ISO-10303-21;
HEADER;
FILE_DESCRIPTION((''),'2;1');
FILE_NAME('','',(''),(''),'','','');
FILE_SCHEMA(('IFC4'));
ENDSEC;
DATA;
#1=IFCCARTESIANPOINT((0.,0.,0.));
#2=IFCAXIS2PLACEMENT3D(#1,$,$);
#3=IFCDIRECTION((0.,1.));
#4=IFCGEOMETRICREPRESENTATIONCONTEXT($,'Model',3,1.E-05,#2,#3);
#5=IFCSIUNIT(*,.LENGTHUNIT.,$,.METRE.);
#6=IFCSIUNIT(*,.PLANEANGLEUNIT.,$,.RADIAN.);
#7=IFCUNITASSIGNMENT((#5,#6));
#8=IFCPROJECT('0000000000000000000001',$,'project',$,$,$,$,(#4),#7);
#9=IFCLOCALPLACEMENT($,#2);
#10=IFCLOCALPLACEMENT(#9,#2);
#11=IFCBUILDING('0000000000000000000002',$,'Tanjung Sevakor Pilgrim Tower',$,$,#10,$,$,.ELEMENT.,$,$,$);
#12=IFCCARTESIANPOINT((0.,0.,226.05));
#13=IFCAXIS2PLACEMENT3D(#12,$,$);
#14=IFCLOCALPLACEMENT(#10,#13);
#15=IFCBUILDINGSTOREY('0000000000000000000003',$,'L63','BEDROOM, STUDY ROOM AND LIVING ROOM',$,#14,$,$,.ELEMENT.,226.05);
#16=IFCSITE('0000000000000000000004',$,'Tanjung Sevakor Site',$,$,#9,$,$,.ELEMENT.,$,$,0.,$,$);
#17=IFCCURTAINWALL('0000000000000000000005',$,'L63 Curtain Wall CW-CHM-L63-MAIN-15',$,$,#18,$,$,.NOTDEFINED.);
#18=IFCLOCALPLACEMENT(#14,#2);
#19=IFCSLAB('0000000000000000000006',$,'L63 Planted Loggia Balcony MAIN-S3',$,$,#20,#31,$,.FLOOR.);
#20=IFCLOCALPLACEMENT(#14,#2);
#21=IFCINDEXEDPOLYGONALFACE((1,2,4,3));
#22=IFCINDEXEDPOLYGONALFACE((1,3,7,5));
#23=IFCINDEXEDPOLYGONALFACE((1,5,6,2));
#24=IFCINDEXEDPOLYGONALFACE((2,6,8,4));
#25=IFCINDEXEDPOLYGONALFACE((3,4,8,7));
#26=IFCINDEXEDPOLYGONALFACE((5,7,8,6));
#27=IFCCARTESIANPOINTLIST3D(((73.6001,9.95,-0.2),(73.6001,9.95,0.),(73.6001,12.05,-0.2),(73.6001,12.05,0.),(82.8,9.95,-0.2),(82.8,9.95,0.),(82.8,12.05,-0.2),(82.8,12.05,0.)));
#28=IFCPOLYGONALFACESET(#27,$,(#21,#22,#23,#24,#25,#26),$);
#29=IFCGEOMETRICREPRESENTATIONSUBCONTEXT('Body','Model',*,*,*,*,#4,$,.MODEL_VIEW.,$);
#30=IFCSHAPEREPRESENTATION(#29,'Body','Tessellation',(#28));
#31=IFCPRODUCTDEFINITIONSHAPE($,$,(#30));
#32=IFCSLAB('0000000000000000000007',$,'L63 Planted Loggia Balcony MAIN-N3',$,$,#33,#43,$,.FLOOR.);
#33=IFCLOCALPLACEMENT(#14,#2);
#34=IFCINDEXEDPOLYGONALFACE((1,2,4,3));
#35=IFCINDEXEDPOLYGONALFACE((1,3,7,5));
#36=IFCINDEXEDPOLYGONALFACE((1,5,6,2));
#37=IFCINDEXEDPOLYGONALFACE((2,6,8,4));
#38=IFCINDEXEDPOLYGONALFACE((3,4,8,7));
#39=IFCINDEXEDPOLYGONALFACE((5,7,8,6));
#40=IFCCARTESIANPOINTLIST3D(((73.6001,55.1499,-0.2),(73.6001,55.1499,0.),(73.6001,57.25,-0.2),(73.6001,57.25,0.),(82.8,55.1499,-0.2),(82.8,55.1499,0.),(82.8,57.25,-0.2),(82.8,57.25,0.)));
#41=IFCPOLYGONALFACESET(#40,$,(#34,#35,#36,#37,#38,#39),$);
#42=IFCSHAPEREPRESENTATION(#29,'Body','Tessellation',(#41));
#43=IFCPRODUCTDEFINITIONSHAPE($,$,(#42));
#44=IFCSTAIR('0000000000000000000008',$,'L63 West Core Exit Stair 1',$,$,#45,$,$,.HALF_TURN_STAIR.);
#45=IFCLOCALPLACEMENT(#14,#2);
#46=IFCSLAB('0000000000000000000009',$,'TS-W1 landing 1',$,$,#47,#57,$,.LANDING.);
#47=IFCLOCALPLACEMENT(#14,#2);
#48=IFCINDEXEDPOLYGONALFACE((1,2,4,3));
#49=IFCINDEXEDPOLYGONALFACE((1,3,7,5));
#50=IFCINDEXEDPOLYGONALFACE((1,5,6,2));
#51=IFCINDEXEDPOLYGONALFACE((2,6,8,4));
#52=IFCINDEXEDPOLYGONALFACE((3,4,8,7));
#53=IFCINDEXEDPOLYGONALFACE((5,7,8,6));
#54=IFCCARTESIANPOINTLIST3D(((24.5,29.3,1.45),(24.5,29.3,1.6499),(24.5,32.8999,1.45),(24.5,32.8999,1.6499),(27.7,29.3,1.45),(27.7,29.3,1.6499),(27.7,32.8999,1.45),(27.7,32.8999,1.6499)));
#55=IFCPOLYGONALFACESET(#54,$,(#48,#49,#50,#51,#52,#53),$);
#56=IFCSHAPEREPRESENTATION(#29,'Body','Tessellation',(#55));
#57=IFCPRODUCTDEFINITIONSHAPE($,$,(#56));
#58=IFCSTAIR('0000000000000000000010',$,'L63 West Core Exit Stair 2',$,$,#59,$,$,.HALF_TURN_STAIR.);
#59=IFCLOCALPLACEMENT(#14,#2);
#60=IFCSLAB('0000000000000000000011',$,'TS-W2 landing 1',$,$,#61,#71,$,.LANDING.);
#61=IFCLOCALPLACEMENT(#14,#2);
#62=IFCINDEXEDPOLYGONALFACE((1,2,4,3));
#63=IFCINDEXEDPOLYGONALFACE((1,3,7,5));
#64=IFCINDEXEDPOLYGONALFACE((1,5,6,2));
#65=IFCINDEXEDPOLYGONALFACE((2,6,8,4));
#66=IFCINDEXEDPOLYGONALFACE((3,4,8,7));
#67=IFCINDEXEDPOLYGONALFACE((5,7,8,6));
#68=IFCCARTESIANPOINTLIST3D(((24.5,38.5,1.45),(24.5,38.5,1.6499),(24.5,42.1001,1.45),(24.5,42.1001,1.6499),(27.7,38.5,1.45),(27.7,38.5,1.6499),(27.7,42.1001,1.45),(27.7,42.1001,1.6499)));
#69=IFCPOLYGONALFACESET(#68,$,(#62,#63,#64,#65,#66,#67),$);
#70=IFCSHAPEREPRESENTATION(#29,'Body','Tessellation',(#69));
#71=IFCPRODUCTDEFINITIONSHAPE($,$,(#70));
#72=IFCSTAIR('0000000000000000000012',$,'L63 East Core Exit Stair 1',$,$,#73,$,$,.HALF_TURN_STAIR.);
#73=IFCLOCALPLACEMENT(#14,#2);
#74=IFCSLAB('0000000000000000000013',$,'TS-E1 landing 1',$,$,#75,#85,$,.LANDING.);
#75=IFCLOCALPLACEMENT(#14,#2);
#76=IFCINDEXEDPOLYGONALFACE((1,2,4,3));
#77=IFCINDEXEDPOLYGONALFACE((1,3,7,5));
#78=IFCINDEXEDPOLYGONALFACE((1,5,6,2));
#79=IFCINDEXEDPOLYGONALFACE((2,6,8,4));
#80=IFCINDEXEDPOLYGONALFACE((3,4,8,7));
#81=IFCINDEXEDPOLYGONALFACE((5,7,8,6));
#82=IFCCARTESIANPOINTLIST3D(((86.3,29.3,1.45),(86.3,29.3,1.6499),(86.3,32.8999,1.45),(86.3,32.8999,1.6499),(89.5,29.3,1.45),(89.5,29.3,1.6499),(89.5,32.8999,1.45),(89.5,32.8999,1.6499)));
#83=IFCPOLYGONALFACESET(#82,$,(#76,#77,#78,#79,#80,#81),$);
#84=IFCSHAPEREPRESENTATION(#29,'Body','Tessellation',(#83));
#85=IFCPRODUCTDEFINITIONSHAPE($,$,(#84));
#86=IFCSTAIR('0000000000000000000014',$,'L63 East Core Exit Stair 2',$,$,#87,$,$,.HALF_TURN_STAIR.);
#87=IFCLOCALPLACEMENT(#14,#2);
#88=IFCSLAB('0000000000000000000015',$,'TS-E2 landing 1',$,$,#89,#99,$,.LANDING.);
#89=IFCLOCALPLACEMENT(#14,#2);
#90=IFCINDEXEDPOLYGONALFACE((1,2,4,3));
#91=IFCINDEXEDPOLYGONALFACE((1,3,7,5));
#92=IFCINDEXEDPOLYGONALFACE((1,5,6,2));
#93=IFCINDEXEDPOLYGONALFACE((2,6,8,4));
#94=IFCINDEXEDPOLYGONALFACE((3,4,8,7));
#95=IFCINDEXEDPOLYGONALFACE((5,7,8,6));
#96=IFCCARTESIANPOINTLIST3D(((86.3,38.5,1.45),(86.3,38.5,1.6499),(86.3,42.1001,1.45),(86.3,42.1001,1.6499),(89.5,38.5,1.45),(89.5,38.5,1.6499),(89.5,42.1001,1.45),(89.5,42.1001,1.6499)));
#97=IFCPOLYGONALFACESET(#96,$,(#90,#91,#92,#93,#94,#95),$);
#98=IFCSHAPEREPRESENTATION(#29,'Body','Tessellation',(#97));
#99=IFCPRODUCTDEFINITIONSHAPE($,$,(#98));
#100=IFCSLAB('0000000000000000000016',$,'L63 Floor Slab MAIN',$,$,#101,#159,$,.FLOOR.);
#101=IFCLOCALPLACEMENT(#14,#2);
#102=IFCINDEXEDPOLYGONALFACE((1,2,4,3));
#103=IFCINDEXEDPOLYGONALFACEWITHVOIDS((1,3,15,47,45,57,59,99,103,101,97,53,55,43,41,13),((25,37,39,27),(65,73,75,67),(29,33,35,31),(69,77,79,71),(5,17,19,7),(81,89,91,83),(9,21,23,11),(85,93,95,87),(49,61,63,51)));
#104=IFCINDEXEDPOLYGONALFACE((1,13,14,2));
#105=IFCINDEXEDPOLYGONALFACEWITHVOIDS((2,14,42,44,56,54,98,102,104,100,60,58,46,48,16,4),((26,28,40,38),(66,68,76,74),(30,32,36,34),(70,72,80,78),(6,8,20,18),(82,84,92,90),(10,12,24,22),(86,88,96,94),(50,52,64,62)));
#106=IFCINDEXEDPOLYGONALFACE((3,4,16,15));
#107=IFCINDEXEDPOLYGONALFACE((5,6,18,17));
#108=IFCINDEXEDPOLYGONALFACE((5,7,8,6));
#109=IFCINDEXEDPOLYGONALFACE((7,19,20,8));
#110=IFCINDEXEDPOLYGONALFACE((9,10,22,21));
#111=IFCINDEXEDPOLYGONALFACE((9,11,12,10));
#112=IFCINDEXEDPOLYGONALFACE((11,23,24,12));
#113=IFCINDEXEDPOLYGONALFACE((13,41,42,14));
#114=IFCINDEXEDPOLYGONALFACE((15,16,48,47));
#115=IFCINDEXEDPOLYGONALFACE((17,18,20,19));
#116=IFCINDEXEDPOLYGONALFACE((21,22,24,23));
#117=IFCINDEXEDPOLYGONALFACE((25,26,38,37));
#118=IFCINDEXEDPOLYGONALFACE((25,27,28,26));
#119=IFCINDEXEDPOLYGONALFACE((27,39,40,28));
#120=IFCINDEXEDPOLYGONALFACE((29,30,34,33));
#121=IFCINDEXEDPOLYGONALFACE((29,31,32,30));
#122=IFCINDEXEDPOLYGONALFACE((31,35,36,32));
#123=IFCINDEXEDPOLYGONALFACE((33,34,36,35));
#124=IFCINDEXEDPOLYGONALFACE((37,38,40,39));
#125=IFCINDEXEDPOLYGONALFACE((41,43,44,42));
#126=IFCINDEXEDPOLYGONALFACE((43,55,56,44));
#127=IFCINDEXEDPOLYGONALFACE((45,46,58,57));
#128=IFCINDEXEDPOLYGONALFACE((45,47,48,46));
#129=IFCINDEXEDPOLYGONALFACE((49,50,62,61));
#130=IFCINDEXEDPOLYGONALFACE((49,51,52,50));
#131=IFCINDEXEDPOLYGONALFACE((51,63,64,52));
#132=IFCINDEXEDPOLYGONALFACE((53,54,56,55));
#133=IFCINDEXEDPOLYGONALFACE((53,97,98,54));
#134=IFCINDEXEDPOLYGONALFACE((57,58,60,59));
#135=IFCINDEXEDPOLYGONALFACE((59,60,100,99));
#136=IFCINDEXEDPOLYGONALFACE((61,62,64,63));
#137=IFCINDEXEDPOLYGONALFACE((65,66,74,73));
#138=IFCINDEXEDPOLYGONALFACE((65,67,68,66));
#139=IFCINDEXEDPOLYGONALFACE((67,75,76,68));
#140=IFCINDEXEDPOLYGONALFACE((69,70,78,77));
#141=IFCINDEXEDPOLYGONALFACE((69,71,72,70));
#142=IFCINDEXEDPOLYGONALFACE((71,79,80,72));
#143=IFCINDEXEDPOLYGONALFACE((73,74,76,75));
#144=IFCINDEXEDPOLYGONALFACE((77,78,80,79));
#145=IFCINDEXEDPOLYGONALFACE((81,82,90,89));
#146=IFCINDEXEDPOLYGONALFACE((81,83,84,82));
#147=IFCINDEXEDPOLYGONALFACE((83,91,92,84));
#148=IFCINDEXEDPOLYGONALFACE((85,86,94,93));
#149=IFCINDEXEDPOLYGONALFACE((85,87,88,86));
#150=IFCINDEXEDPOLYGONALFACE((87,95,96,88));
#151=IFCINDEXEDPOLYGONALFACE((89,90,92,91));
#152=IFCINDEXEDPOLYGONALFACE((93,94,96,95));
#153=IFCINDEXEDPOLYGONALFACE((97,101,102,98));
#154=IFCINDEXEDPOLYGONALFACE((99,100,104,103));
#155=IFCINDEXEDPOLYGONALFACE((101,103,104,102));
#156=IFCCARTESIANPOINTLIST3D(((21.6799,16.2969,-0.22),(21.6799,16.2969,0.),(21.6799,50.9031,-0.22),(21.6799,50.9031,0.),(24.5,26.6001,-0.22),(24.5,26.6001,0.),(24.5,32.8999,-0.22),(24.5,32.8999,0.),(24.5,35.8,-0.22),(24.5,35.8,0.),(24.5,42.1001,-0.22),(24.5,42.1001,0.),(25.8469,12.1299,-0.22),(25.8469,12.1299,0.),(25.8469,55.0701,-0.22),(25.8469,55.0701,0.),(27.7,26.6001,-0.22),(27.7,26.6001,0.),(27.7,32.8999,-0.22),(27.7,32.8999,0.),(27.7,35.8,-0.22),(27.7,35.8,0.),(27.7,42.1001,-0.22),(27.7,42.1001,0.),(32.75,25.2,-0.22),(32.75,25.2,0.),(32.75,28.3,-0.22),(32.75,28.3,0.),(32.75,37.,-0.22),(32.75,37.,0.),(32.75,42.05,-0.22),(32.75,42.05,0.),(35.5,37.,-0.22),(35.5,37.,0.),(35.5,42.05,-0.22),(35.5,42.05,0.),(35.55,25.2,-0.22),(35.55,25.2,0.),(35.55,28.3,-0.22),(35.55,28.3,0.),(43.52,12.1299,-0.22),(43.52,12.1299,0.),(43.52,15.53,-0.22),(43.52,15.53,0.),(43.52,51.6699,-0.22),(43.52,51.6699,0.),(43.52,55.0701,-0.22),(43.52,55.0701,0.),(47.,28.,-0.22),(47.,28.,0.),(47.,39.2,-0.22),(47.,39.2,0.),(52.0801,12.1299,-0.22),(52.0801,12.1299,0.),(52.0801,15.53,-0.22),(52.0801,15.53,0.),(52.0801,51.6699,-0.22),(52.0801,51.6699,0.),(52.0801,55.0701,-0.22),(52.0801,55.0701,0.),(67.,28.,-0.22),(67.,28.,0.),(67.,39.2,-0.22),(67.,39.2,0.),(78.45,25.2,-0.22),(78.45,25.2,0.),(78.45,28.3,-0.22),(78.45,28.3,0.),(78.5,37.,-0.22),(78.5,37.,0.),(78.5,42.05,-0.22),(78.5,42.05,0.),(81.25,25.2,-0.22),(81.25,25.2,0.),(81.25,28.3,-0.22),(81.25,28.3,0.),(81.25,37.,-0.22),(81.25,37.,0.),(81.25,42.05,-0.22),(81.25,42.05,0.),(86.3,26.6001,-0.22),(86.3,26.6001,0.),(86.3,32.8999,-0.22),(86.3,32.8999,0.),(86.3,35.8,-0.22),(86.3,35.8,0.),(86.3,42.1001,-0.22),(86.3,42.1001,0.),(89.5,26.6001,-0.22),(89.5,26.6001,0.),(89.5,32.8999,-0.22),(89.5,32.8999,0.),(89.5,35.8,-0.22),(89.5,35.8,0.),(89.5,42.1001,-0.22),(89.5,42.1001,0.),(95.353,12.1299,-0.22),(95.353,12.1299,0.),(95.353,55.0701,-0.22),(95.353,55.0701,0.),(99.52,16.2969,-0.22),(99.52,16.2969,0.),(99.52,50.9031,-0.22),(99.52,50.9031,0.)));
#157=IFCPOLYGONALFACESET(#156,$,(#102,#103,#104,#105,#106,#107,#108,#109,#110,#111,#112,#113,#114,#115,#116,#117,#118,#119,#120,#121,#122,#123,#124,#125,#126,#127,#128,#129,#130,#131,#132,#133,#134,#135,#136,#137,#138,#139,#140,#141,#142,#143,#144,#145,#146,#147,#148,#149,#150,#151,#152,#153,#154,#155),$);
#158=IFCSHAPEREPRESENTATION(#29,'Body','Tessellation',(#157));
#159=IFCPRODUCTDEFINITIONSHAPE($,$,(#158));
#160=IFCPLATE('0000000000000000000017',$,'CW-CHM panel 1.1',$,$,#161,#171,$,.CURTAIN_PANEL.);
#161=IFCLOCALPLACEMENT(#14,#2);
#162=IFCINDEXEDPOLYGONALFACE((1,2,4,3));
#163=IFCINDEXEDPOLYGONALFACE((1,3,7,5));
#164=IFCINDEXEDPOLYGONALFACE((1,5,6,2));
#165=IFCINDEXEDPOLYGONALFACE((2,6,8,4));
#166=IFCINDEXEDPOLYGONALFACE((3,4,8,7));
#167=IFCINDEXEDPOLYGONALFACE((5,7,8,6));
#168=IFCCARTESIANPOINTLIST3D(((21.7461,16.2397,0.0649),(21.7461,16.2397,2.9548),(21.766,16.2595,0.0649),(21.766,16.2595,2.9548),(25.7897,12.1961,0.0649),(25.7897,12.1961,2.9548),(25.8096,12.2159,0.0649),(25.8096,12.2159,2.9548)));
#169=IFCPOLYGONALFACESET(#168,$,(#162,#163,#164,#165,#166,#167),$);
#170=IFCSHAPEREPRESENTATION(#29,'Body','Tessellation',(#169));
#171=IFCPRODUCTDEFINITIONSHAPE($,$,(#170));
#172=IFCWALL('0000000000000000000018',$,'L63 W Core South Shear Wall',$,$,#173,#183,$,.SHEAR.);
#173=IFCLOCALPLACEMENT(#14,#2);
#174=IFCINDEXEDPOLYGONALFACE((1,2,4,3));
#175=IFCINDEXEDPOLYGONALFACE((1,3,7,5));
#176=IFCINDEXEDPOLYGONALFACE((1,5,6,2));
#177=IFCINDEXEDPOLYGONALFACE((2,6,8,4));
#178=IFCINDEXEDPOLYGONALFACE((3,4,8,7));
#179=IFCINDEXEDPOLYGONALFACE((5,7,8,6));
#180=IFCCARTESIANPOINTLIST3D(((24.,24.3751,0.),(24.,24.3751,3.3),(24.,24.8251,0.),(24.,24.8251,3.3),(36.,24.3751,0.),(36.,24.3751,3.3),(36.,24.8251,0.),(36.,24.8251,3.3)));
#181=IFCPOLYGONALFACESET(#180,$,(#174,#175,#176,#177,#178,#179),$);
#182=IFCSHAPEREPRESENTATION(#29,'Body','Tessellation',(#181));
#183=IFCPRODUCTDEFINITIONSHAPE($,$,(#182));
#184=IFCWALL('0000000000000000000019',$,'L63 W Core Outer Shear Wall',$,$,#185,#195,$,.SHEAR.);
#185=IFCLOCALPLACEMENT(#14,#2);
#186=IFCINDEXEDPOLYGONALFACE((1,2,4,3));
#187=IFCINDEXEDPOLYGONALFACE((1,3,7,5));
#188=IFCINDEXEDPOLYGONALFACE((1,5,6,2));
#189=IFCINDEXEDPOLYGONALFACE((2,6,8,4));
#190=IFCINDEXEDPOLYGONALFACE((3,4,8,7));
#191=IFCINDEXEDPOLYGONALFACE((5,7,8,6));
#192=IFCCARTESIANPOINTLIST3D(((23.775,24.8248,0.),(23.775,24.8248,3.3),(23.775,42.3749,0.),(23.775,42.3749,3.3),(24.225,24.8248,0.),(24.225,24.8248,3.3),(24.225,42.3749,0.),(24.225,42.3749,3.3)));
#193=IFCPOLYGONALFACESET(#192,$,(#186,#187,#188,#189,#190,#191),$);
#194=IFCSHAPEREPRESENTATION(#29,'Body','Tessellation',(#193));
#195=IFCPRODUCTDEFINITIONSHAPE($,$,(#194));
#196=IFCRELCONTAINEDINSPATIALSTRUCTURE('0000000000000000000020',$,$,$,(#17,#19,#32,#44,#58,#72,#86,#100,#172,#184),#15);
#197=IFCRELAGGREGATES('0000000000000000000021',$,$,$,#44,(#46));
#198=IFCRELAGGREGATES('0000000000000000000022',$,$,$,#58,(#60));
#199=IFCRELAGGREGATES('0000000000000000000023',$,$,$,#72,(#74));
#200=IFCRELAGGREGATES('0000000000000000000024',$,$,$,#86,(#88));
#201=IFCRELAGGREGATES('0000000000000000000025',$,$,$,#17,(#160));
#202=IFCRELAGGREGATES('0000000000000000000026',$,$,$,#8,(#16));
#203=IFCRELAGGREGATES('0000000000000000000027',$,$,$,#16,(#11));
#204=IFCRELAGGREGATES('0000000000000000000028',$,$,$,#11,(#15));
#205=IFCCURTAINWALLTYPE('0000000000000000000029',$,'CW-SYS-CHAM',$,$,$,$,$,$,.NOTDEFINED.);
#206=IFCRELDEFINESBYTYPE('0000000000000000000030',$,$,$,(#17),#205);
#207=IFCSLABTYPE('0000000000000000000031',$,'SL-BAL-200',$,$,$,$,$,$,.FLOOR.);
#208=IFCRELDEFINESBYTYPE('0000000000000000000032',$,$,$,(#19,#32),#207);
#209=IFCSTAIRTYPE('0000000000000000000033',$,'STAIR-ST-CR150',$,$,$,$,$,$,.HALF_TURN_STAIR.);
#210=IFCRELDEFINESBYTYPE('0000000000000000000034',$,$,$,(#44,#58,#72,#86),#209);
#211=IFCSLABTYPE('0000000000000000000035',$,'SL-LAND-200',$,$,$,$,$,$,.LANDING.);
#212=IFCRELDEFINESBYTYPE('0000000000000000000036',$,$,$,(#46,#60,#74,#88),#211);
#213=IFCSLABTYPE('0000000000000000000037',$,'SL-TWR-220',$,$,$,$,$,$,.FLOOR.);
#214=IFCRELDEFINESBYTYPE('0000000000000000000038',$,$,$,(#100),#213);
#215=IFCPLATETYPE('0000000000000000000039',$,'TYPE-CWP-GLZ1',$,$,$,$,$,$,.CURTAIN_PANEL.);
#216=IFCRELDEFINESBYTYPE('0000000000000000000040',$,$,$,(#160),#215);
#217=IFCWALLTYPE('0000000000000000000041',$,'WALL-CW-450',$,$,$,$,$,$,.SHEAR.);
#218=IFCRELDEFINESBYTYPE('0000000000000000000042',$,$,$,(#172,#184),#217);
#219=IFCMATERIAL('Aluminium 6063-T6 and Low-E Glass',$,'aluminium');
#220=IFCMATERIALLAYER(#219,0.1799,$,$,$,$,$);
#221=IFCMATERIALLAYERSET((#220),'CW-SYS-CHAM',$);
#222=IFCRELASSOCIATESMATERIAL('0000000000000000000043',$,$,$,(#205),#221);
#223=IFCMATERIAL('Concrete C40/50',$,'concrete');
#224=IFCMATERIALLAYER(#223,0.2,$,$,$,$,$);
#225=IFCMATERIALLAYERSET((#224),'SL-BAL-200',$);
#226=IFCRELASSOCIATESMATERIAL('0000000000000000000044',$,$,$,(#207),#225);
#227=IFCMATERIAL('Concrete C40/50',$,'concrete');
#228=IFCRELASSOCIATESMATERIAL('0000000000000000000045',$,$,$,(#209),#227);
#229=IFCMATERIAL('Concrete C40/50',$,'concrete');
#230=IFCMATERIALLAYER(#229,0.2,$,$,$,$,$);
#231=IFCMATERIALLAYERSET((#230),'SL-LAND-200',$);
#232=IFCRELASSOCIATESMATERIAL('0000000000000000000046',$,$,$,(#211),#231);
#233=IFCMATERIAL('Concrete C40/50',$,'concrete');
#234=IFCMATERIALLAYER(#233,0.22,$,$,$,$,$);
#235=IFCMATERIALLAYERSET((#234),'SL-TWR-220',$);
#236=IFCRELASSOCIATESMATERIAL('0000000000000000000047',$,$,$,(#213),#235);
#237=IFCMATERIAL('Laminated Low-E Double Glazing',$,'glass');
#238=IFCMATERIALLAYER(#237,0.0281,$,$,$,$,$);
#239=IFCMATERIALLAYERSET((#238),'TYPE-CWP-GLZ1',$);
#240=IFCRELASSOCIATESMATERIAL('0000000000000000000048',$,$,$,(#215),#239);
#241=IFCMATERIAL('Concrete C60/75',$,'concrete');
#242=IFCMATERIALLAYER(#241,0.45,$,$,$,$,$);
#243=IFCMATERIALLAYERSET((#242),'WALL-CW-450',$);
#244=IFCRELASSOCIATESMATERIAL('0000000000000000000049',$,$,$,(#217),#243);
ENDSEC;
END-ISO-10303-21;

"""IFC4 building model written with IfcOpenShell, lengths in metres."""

from ifc_helpers import new_model, si_unit, direction, frame, frame_2d, origin, origin_2d, place, context, subcontext, project, spatial, polyline, rectangle, outline, extrude, material, layer, layer_set, type_object, element, aggregate, save


model = new_model("IFC4")

# Units and contexts
model_context = context("Model", 3, precision=1e-05, world=origin(), true_north=direction((0.0, 1.0)))
body_context = subcontext(model_context, "Body", "Model", "MODEL_VIEW")
ifc_project = project(units=[si_unit("LENGTHUNIT", "METRE"), si_unit("PLANEANGLEUNIT", "RADIAN")], contexts=[model_context])

# Site, building, storey
site_placement = place(None, origin())
site = spatial("IfcSite", under=ifc_project, at=site_placement, Name="Tanjung Sevakor Site", CompositionType="ELEMENT", RefElevation=0.0)
building_placement = place(site_placement, origin())
building = spatial("IfcBuilding", under=site, at=building_placement, Name="Tanjung Sevakor Pilgrim Tower", CompositionType="ELEMENT")
storey_placement = place(building_placement, frame((0.0, 0.0, 226.05)))
storey = spatial("IfcBuildingStorey", under=building, at=storey_placement, Name="L63", Description="BEDROOM, STUDY ROOM AND LIVING ROOM", CompositionType="ELEMENT", Elevation=226.05)

# Curtain wall
ifc_material_1 = material(Name="Aluminium 6063-T6 and Low-E Glass", Category="aluminium")
ifc_layer_1 = layer(ifc_material_1, 0.1799)
ifc_layer_set_1 = layer_set([ifc_layer_1], Name="CW-SYS-CHAM")
curtain_wall_type = type_object("IfcCurtainWallType", Name="CW-SYS-CHAM", PredefinedType="NOTDEFINED", material=ifc_layer_set_1)
curtain_wall_placement = place(storey_placement, origin())
curtain_wall = element("IfcCurtainWall", 1, at=curtain_wall_placement, inside=storey, type_object=curtain_wall_type, Name="L63 Curtain Wall CW-CHM-L63-MAIN-15", PredefinedType="NOTDEFINED")

# Slabs
ifc_material_2 = material(Name="Concrete C40/50", Category="concrete")
ifc_layer_2 = layer(ifc_material_2, 0.2)
ifc_layer_set_2 = layer_set([ifc_layer_2], Name="SL-BAL-200")
slab_type_1 = type_object("IfcSlabType", Name="SL-BAL-200", PredefinedType="FLOOR", material=ifc_layer_set_2)
slab_1_placement = place(storey_placement, frame((0.0, 0.0, -0.2)))
element("IfcSlab", 2, at=slab_1_placement, inside=storey, type_object=slab_type_1, Name="L63 Planted Loggia Balcony MAIN-S3", PredefinedType="FLOOR", context=body_context, shape_type="SweptSolid", body=[
    extrude(outline(polyline([(73.6001, 9.95), (82.8, 9.95), (82.8, 12.05), (73.6001, 12.05), (73.6001, 9.95)])), origin(), (0.0, 0.0, 1.0), 0.2),
])
slab_2_placement = place(storey_placement, frame((0.0, 0.0, -0.2)))
element("IfcSlab", 3, at=slab_2_placement, inside=storey, type_object=slab_type_1, Name="L63 Planted Loggia Balcony MAIN-N3", PredefinedType="FLOOR", context=body_context, shape_type="SweptSolid", body=[
    extrude(outline(polyline([(73.6001, 55.1499), (82.8, 55.1499), (82.8, 57.25), (73.6001, 57.25), (73.6001, 55.1499)])), origin(), (0.0, 0.0, 1.0), 0.2),
])

# Stairs, slabs
ifc_material_3 = material(Name="Concrete C40/50", Category="concrete")
stair_type = type_object("IfcStairType", Name="STAIR-ST-CR150", PredefinedType="HALF_TURN_STAIR", material=ifc_material_3)
stair_1_placement = place(storey_placement, origin())
stair_1 = element("IfcStair", 4, at=stair_1_placement, inside=storey, type_object=stair_type, Name="L63 West Core Exit Stair 1", PredefinedType="HALF_TURN_STAIR")
ifc_material_4 = material(Name="Concrete C40/50", Category="concrete")
ifc_layer_3 = layer(ifc_material_4, 0.2)
ifc_layer_set_3 = layer_set([ifc_layer_3], Name="SL-LAND-200")
slab_type_2 = type_object("IfcSlabType", Name="SL-LAND-200", PredefinedType="LANDING", material=ifc_layer_set_3)
slab_3_placement = place(storey_placement, frame((0.0, 0.0, 1.45)))
slab_3 = element("IfcSlab", 5, at=slab_3_placement, type_object=slab_type_2, Name="TS-W1 landing 1", PredefinedType="LANDING", context=body_context, shape_type="SweptSolid", body=[
    extrude(outline(polyline([(27.7, 29.3), (27.7, 32.8999), (24.5, 32.8999), (24.5, 29.3), (27.7, 29.3)])), origin(), (0.0, 0.0, 1.0), 0.2),
])
aggregate(stair_1, [slab_3])
stair_2_placement = place(storey_placement, origin())
stair_2 = element("IfcStair", 6, at=stair_2_placement, inside=storey, type_object=stair_type, Name="L63 West Core Exit Stair 2", PredefinedType="HALF_TURN_STAIR")
slab_4_placement = place(storey_placement, frame((0.0, 0.0, 1.45)))
slab_4 = element("IfcSlab", 7, at=slab_4_placement, type_object=slab_type_2, Name="TS-W2 landing 1", PredefinedType="LANDING", context=body_context, shape_type="SweptSolid", body=[
    extrude(outline(polyline([(27.7, 38.5), (27.7, 42.1001), (24.5, 42.1001), (24.5, 38.5), (27.7, 38.5)])), origin(), (0.0, 0.0, 1.0), 0.2),
])
aggregate(stair_2, [slab_4])
stair_3_placement = place(storey_placement, origin())
stair_3 = element("IfcStair", 8, at=stair_3_placement, inside=storey, type_object=stair_type, Name="L63 East Core Exit Stair 1", PredefinedType="HALF_TURN_STAIR")
slab_5_placement = place(storey_placement, frame((0.0, 0.0, 1.45)))
slab_5 = element("IfcSlab", 9, at=slab_5_placement, type_object=slab_type_2, Name="TS-E1 landing 1", PredefinedType="LANDING", context=body_context, shape_type="SweptSolid", body=[
    extrude(outline(polyline([(89.5, 29.3), (89.5, 32.8999), (86.3, 32.8999), (86.3, 29.3), (89.5, 29.3)])), origin(), (0.0, 0.0, 1.0), 0.2),
])
aggregate(stair_3, [slab_5])
stair_4_placement = place(storey_placement, origin())
stair_4 = element("IfcStair", 10, at=stair_4_placement, inside=storey, type_object=stair_type, Name="L63 East Core Exit Stair 2", PredefinedType="HALF_TURN_STAIR")
slab_6_placement = place(storey_placement, frame((0.0, 0.0, 1.45)))
slab_6 = element("IfcSlab", 11, at=slab_6_placement, type_object=slab_type_2, Name="TS-E2 landing 1", PredefinedType="LANDING", context=body_context, shape_type="SweptSolid", body=[
    extrude(outline(polyline([(89.5, 38.5), (89.5, 42.1001), (86.3, 42.1001), (86.3, 38.5), (89.5, 38.5)])), origin(), (0.0, 0.0, 1.0), 0.2),
])
aggregate(stair_4, [slab_6])

# Slab
ifc_material_5 = material(Name="Concrete C40/50", Category="concrete")
ifc_layer_4 = layer(ifc_material_5, 0.22)
ifc_layer_set_4 = layer_set([ifc_layer_4], Name="SL-TWR-220")
slab_type_3 = type_object("IfcSlabType", Name="SL-TWR-220", PredefinedType="FLOOR", material=ifc_layer_set_4)
slab_7_placement = place(storey_placement, frame((0.0, 0.0, -0.22)))
element("IfcSlab", 12, at=slab_7_placement, inside=storey, type_object=slab_type_3, Name="L63 Floor Slab MAIN", PredefinedType="FLOOR", context=body_context, shape_type="SweptSolid", body=[
    extrude(outline(polyline([(25.8469, 12.1299), (43.52, 12.1299), (43.52, 15.53), (52.0801, 15.53), (52.0801, 12.1299), (95.353, 12.1299), (99.52, 16.2969), (99.52, 50.9031), (95.353, 55.0701), (52.0801, 55.0701), (52.0801, 51.6699), (43.52, 51.6699), (43.52, 55.0701), (25.8469, 55.0701), (21.6799, 50.9031), (21.6799, 16.2969), (25.8469, 12.1299)]), holes=[polyline([(27.7, 26.6001), (27.7, 32.8999), (24.5, 32.8999), (24.5, 26.6001), (27.7, 26.6001)]), polyline([(27.7, 35.8), (27.7, 42.1001), (24.5, 42.1001), (24.5, 35.8), (27.7, 35.8)]), polyline([(89.5, 26.6001), (89.5, 32.8999), (86.3, 32.8999), (86.3, 26.6001), (89.5, 26.6001)]), polyline([(89.5, 35.8), (89.5, 42.1001), (86.3, 42.1001), (86.3, 35.8), (89.5, 35.8)]), polyline([(32.75, 25.2), (35.55, 25.2), (35.55, 28.3), (32.75, 28.3), (32.75, 25.2)]), polyline([(32.75, 37.0), (35.5, 37.0), (35.5, 42.05), (32.75, 42.05), (32.75, 37.0)]), polyline([(78.45, 25.2), (81.25, 25.2), (81.25, 28.3), (78.45, 28.3), (78.45, 25.2)]), polyline([(78.5, 37.0), (81.25, 37.0), (81.25, 42.05), (78.5, 42.05), (78.5, 37.0)]), polyline([(47.0, 28.0), (67.0, 28.0), (67.0, 39.2), (47.0, 39.2), (47.0, 28.0)])]), origin(), (0.0, 0.0, 1.0), 0.22),
])

# Plate
ifc_material_6 = material(Name="Laminated Low-E Double Glazing", Category="glass")
ifc_layer_5 = layer(ifc_material_6, 0.0281)
ifc_layer_set_5 = layer_set([ifc_layer_5], Name="TYPE-CWP-GLZ1")
plate_type = type_object("IfcPlateType", Name="TYPE-CWP-GLZ1", PredefinedType="CURTAIN_PANEL", material=ifc_layer_set_5)
plate_placement = place(storey_placement, frame((23.7778, 14.2278, 0.0649), z_axis=(0.0, 0.0, 1.0), x_axis=(0.707107, -0.707107, 0.0)))
plate = element("IfcPlate", 13, at=plate_placement, type_object=plate_type, Name="CW-CHM panel 1.1", PredefinedType="CURTAIN_PANEL", context=body_context, shape_type="SweptSolid", body=[
    extrude(rectangle(XDim=5.7185, YDim=0.0281, at=origin_2d()), origin(), (0.0, 0.0, 1.0), 2.8899),
])
aggregate(curtain_wall, [plate])

# Walls
ifc_material_7 = material(Name="Concrete C60/75", Category="concrete")
ifc_layer_6 = layer(ifc_material_7, 0.45)
ifc_layer_set_6 = layer_set([ifc_layer_6], Name="WALL-CW-450")
wall_type_1 = type_object("IfcWallType", Name="WALL-CW-450", PredefinedType="SHEAR", material=ifc_layer_set_6)
wall_1_placement = place(storey_placement, frame((24.0, 24.6001, 0.0), z_axis=(0.0, 0.0, 1.0), x_axis=(1.0, 0.0, 0.0)))
element("IfcWall", 14, at=wall_1_placement, inside=storey, type_object=wall_type_1, Name="L63 W Core South Shear Wall", PredefinedType="SHEAR", context=body_context, shape_type="SweptSolid", body=[
    extrude(rectangle(XDim=12.0, YDim=0.45, at=frame_2d((6.0, 0.0))), origin(), (0.0, 0.0, 1.0), 3.3),
])
wall_2_placement = place(storey_placement, frame((24.0, 24.825, 0.0), z_axis=(0.0, 0.0, 1.0), x_axis=(0.0, 1.0, 0.0)))
element("IfcWall", 15, at=wall_2_placement, inside=storey, type_object=wall_type_1, Name="L63 W Core Outer Shear Wall", PredefinedType="SHEAR", context=body_context, shape_type="SweptSolid", body=[
    extrude(rectangle(XDim=17.55, YDim=0.45, at=frame_2d((8.7749, 0.0))), origin(), (0.0, 0.0, 1.0), 3.3),
])

save(model, "model.ifc")
